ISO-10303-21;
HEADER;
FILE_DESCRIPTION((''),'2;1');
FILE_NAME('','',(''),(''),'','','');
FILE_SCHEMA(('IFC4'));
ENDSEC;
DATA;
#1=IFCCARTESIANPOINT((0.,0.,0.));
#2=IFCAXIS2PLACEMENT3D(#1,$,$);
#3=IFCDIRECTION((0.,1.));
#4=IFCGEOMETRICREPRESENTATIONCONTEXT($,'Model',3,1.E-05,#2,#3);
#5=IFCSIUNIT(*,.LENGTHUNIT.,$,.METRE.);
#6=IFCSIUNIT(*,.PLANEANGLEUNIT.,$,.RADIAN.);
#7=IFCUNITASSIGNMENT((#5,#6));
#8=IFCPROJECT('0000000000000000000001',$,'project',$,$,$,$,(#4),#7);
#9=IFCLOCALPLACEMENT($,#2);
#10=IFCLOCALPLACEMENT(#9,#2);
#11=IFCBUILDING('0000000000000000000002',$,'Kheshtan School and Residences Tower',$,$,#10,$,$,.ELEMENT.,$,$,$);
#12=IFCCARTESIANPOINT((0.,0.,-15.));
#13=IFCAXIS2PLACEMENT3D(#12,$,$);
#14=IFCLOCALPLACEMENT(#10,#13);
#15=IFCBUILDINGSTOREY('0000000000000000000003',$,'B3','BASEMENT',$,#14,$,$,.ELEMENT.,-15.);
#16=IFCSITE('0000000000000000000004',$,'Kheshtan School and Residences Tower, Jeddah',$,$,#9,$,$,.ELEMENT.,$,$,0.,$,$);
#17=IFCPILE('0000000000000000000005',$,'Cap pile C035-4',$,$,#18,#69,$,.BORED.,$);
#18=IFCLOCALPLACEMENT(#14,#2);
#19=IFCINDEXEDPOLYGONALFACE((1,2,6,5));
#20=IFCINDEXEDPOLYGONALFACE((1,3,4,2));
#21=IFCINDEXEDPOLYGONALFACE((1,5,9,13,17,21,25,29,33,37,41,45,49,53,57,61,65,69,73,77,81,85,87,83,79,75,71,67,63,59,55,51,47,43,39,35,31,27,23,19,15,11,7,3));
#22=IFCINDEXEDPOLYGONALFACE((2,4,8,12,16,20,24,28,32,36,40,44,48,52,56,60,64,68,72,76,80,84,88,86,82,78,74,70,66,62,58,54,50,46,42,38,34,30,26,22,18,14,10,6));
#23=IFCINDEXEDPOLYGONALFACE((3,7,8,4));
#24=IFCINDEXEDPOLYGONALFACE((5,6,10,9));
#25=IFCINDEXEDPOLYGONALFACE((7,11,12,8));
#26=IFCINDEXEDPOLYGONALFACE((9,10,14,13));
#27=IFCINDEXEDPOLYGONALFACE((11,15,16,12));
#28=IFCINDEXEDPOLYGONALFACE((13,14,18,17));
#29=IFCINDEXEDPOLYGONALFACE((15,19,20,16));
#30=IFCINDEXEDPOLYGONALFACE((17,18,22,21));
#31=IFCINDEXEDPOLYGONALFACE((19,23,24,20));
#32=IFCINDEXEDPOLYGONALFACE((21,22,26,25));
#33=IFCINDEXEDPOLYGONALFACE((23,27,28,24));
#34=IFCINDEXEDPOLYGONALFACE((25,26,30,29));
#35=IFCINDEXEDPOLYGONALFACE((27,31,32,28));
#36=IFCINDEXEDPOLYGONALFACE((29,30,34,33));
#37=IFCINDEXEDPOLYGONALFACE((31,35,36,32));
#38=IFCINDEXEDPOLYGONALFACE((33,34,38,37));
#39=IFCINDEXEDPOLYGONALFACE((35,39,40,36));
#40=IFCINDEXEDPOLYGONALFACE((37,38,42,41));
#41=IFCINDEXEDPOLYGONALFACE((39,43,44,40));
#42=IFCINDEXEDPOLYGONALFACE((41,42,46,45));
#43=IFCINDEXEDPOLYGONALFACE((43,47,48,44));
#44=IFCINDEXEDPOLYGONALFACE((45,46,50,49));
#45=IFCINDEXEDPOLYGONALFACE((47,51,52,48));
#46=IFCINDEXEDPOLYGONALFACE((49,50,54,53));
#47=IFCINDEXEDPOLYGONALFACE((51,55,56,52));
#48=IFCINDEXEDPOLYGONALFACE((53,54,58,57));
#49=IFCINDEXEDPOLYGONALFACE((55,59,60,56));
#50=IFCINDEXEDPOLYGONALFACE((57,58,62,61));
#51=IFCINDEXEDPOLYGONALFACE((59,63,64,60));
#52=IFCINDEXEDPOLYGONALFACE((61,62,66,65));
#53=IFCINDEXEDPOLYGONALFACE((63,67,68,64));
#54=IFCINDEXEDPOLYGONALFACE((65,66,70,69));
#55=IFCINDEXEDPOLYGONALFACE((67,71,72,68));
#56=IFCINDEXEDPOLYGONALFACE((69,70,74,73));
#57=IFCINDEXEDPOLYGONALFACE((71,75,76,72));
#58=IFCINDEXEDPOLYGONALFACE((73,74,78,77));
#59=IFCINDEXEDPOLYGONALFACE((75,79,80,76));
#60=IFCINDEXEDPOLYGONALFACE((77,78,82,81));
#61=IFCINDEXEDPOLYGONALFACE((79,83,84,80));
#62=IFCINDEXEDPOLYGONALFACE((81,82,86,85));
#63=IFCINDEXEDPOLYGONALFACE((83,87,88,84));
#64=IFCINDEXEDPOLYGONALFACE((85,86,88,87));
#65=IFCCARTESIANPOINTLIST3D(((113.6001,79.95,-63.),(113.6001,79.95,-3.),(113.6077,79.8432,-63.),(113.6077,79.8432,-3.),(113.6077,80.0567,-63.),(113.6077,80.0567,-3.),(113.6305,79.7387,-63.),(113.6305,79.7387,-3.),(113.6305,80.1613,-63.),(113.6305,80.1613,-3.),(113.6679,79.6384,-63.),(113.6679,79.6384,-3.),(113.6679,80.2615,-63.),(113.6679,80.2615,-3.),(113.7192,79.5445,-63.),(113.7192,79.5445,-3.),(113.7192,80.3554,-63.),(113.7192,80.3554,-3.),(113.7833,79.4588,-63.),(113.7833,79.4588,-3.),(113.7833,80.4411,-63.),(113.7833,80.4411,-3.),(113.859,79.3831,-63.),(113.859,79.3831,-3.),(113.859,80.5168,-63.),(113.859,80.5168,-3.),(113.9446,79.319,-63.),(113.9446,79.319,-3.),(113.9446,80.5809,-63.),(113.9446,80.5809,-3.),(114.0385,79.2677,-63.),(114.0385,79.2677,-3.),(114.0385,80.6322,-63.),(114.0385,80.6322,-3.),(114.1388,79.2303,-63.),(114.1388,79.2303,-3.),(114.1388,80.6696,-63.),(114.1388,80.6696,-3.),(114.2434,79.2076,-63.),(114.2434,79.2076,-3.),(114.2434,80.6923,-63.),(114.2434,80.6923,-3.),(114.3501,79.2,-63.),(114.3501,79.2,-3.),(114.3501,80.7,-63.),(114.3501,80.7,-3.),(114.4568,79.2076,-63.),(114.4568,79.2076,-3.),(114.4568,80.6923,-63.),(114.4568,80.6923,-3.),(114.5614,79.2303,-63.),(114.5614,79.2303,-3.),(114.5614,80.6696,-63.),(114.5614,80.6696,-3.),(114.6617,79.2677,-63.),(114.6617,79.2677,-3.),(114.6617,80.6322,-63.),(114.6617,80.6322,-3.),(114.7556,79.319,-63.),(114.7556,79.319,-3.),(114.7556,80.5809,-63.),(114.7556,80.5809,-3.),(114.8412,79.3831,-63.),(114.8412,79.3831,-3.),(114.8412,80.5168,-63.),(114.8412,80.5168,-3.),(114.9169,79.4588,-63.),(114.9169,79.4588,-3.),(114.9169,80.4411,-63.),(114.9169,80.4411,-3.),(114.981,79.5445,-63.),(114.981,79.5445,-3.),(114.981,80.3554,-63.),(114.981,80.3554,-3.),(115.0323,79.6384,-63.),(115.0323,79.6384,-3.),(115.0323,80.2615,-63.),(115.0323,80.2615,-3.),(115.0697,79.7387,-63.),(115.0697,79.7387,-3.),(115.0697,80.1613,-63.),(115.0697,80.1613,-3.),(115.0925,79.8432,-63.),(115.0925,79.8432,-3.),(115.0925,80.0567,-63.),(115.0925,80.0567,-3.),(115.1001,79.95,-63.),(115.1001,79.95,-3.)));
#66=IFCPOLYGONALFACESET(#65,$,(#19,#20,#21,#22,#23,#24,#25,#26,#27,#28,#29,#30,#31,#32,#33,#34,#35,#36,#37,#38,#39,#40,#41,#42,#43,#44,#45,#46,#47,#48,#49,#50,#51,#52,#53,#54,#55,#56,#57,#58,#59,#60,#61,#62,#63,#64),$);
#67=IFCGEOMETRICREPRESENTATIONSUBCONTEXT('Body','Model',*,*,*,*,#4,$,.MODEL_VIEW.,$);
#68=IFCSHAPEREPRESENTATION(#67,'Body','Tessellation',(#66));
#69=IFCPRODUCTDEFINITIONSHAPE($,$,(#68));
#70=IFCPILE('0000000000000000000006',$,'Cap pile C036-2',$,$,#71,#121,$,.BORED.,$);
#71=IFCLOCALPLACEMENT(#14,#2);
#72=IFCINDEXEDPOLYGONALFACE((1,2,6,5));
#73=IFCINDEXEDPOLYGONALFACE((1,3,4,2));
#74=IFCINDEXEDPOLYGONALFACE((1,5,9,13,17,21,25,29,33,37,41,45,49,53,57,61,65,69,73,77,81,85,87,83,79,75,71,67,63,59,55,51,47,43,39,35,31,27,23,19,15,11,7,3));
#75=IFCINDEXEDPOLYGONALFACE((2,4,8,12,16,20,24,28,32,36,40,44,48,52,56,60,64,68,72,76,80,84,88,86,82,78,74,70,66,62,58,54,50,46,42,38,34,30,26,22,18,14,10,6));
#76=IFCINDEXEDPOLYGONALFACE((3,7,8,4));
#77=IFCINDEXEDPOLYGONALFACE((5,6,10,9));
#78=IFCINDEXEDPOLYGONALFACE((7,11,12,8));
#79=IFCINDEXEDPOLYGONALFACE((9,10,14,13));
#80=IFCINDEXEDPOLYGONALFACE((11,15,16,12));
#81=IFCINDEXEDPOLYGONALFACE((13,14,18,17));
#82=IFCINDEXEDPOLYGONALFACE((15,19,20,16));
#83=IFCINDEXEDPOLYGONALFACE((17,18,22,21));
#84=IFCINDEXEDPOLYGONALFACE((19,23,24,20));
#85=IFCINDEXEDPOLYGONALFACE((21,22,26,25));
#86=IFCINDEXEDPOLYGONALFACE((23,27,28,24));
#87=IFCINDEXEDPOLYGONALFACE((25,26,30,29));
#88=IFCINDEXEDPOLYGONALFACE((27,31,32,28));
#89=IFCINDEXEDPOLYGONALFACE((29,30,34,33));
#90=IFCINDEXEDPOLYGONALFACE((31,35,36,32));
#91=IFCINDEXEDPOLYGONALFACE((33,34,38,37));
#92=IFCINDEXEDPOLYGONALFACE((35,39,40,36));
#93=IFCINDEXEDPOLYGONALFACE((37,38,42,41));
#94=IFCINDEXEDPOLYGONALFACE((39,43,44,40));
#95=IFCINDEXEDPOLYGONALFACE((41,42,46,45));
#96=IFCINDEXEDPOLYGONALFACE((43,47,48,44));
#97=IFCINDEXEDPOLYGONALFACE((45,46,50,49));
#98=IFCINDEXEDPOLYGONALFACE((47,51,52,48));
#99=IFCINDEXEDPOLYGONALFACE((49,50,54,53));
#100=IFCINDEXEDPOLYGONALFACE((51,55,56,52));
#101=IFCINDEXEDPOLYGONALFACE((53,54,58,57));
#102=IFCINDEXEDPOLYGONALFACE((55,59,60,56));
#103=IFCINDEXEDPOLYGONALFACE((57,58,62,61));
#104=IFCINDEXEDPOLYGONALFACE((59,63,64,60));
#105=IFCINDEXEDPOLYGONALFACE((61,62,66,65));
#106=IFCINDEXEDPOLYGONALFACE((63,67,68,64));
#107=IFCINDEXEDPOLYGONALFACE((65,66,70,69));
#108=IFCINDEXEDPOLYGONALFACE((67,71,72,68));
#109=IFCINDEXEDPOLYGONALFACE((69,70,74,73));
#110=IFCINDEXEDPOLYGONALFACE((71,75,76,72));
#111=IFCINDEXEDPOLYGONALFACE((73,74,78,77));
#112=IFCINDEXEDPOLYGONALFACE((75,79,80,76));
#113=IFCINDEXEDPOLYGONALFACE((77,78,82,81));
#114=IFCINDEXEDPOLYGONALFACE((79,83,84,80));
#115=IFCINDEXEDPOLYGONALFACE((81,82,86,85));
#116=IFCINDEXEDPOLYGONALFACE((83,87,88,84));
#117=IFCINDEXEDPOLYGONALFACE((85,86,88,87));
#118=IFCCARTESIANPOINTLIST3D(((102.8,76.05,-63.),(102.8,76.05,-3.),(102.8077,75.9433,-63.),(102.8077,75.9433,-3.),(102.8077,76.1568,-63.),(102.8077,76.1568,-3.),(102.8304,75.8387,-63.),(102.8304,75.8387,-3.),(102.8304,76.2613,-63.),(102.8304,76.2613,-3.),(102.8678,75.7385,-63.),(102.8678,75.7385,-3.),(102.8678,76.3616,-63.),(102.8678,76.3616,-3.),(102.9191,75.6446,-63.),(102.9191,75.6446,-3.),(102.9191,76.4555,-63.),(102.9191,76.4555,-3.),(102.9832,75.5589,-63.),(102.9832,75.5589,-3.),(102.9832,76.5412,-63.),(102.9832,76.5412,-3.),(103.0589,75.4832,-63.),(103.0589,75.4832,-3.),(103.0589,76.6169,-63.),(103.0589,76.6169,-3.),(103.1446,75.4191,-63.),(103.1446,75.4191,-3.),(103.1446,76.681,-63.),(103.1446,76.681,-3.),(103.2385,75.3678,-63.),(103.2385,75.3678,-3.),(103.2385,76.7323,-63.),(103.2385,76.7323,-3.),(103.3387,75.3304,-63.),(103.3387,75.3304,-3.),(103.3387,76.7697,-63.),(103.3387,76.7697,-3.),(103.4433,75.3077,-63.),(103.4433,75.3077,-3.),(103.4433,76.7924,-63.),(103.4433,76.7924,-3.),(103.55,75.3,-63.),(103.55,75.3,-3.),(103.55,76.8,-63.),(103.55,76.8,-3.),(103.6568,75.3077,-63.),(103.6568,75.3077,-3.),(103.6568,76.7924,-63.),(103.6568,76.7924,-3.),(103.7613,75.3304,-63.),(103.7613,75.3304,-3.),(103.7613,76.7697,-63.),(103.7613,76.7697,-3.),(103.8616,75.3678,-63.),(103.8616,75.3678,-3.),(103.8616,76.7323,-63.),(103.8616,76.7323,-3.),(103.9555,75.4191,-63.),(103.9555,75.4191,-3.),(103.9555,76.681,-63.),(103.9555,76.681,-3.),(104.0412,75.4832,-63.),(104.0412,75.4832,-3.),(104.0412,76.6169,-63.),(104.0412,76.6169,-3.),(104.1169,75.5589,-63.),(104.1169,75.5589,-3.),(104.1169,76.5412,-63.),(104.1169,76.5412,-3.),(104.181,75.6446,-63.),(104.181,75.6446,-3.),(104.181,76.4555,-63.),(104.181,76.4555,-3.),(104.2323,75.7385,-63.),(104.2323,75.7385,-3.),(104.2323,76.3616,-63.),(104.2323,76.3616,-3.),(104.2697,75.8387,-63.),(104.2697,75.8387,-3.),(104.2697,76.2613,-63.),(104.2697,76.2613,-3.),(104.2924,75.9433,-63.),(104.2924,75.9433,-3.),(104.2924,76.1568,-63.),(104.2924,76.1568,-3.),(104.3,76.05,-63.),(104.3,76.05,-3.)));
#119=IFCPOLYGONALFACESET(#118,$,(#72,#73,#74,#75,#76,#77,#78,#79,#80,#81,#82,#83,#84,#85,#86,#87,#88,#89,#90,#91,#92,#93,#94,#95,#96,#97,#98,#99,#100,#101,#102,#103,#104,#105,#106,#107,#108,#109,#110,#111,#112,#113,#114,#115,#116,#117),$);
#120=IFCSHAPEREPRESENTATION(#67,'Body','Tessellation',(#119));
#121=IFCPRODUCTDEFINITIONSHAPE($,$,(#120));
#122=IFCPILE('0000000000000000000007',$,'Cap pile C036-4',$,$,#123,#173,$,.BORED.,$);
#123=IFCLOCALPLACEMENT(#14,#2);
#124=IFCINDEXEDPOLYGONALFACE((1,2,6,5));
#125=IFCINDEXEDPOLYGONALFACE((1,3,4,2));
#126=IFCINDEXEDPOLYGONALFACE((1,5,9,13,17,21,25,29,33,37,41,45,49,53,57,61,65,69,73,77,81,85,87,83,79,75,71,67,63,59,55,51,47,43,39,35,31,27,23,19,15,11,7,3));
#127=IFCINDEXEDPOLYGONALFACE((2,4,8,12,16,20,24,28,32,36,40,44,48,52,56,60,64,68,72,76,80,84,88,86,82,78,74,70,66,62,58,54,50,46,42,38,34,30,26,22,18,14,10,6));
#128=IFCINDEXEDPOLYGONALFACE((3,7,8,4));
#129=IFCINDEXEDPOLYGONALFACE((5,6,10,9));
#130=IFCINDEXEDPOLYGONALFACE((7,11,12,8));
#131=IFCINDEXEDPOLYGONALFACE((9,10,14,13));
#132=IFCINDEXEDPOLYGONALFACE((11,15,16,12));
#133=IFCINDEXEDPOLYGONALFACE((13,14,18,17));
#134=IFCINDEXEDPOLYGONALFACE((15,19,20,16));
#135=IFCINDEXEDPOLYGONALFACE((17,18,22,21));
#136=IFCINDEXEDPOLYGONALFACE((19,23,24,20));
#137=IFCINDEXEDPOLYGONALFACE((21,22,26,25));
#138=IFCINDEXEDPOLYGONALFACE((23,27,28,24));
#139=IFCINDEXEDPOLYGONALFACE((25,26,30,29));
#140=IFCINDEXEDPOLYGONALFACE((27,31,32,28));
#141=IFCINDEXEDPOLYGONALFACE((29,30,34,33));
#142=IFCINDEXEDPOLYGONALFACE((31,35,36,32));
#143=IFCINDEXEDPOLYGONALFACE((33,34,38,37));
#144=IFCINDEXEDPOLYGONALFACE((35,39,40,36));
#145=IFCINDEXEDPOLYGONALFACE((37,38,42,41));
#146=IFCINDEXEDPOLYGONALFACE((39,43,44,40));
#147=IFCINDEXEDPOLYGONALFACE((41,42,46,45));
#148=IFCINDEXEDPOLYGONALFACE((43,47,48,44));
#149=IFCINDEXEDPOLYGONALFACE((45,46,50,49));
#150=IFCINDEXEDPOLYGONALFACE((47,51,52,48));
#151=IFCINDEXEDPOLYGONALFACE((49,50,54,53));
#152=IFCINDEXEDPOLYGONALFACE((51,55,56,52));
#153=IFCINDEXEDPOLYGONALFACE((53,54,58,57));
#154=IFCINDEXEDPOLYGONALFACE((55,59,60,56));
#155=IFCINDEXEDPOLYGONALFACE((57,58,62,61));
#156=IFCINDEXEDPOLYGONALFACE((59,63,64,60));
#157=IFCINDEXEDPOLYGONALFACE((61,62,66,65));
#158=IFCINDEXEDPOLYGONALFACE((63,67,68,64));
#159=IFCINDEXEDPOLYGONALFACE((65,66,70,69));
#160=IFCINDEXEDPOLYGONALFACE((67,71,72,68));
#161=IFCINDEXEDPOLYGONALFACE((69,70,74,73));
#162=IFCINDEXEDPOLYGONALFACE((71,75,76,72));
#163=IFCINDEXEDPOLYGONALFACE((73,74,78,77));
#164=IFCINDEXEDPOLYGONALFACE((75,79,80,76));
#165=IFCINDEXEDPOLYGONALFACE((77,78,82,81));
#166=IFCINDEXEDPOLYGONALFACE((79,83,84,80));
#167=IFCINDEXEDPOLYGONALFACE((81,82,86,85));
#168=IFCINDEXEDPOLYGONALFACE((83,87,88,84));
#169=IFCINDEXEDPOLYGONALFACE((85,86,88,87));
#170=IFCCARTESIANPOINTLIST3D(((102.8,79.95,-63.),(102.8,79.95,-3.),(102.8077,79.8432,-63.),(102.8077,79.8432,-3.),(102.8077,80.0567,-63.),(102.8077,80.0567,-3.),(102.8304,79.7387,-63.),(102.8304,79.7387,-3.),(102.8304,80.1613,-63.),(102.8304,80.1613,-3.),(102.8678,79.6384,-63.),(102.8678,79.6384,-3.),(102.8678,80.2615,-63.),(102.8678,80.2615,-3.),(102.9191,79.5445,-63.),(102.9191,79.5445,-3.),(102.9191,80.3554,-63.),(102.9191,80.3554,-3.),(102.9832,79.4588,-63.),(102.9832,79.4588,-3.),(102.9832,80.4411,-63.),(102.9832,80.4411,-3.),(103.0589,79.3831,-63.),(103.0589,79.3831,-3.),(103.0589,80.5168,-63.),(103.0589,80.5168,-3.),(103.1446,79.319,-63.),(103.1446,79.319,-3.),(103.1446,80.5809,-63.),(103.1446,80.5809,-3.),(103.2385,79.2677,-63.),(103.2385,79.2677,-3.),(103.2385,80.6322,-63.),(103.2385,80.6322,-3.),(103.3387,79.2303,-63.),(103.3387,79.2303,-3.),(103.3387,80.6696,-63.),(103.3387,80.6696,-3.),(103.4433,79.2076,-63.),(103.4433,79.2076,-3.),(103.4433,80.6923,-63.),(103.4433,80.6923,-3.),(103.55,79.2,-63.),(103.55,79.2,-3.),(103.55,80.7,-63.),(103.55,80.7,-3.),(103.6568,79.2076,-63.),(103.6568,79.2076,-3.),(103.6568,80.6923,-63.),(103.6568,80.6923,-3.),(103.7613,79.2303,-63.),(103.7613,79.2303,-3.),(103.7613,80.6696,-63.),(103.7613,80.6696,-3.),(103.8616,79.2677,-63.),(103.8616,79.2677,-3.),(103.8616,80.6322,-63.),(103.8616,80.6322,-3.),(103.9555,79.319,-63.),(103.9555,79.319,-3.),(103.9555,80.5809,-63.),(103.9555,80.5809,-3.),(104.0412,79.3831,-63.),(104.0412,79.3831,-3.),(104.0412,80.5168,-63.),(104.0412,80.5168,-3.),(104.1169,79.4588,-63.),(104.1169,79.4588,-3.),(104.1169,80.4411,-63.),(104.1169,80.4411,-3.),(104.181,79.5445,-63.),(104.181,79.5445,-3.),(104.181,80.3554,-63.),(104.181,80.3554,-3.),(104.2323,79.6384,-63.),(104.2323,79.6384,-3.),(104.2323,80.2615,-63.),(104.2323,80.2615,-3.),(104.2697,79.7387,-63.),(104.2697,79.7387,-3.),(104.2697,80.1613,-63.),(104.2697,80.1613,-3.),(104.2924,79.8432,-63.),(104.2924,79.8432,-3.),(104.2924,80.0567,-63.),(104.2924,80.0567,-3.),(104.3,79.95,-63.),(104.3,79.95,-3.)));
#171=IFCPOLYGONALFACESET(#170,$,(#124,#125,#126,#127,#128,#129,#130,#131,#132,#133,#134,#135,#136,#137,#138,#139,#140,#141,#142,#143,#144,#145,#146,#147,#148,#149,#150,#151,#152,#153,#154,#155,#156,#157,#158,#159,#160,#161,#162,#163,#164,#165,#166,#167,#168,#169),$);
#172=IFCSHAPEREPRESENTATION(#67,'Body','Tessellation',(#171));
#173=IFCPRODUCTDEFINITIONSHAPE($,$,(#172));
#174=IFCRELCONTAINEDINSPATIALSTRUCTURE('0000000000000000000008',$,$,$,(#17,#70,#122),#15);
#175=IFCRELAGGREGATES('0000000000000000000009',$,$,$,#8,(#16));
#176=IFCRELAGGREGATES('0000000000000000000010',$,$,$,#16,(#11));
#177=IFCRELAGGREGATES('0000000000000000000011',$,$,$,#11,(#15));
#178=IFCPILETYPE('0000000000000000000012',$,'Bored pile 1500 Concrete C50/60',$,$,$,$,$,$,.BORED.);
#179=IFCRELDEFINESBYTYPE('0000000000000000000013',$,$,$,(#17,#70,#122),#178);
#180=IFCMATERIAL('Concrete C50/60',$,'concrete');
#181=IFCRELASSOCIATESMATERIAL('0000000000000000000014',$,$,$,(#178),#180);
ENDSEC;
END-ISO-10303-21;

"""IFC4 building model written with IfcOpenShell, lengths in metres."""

from ifc_helpers import new_model, si_unit, direction, frame, origin, origin_2d, place, context, subcontext, project, spatial, circle, extrude, material, material_profile, profile_set, type_object, element, save


model = new_model("IFC4")

# Units and contexts
model_context = context("Model", 3, precision=1e-05, world=origin(), true_north=direction((0.0, 1.0)))
body_context = subcontext(model_context, "Body", "Model", "MODEL_VIEW")
ifc_project = project(units=[si_unit("LENGTHUNIT", "METRE"), si_unit("PLANEANGLEUNIT", "RADIAN")], contexts=[model_context])

# Site, building, storey
site_placement = place(None, origin())
site = spatial("IfcSite", under=ifc_project, at=site_placement, Name="Kheshtan School and Residences Tower, Jeddah", CompositionType="ELEMENT", RefElevation=0.0)
building_placement = place(site_placement, origin())
building = spatial("IfcBuilding", under=site, at=building_placement, Name="Kheshtan School and Residences Tower", CompositionType="ELEMENT")
storey_placement = place(building_placement, frame((0.0, 0.0, -15.0)))
storey = spatial("IfcBuildingStorey", under=building, at=storey_placement, Name="B3", Description="BASEMENT", CompositionType="ELEMENT", Elevation=-15.0)

# Piles
ifc_material_1 = material(Name="Concrete C50/60", Category="concrete")
ifc_material_profile_1 = material_profile(ifc_material_1, circle(Radius=0.75, at=origin_2d()), Name="BP 1500")
ifc_profile_set_1 = profile_set([ifc_material_profile_1], Name="Concrete C50/60")
pile_type = type_object("IfcPileType", Name="Bored pile 1500 Concrete C50/60", PredefinedType="BORED", material=ifc_profile_set_1)
for number, where, z_axis, x_axis, name in (
    (1, (114.3501, 79.95, -3.0), (0.0, 0.0, -1.0), (1.0, 0.0, 0.0), "Cap pile C035-4"),
    (2, (103.55, 76.05, -3.0), (0.0, 0.0, -1.0), (1.0, 0.0, 0.0), "Cap pile C036-2"),
    (3, (103.55, 79.95, -3.0), (0.0, 0.0, -1.0), (1.0, 0.0, 0.0), "Cap pile C036-4"),
):
    element("IfcPile", number, at=place(storey_placement, frame(where, z_axis=z_axis, x_axis=x_axis)), inside=storey, type_object=pile_type, Name=name, PredefinedType="BORED", context=body_context, shape_type="SweptSolid", body=[
        extrude(circle(Radius=0.75, at=origin_2d()), origin(), (0.0, 0.0, 1.0), 60.0),
    ])

save(model, "model.ifc")
